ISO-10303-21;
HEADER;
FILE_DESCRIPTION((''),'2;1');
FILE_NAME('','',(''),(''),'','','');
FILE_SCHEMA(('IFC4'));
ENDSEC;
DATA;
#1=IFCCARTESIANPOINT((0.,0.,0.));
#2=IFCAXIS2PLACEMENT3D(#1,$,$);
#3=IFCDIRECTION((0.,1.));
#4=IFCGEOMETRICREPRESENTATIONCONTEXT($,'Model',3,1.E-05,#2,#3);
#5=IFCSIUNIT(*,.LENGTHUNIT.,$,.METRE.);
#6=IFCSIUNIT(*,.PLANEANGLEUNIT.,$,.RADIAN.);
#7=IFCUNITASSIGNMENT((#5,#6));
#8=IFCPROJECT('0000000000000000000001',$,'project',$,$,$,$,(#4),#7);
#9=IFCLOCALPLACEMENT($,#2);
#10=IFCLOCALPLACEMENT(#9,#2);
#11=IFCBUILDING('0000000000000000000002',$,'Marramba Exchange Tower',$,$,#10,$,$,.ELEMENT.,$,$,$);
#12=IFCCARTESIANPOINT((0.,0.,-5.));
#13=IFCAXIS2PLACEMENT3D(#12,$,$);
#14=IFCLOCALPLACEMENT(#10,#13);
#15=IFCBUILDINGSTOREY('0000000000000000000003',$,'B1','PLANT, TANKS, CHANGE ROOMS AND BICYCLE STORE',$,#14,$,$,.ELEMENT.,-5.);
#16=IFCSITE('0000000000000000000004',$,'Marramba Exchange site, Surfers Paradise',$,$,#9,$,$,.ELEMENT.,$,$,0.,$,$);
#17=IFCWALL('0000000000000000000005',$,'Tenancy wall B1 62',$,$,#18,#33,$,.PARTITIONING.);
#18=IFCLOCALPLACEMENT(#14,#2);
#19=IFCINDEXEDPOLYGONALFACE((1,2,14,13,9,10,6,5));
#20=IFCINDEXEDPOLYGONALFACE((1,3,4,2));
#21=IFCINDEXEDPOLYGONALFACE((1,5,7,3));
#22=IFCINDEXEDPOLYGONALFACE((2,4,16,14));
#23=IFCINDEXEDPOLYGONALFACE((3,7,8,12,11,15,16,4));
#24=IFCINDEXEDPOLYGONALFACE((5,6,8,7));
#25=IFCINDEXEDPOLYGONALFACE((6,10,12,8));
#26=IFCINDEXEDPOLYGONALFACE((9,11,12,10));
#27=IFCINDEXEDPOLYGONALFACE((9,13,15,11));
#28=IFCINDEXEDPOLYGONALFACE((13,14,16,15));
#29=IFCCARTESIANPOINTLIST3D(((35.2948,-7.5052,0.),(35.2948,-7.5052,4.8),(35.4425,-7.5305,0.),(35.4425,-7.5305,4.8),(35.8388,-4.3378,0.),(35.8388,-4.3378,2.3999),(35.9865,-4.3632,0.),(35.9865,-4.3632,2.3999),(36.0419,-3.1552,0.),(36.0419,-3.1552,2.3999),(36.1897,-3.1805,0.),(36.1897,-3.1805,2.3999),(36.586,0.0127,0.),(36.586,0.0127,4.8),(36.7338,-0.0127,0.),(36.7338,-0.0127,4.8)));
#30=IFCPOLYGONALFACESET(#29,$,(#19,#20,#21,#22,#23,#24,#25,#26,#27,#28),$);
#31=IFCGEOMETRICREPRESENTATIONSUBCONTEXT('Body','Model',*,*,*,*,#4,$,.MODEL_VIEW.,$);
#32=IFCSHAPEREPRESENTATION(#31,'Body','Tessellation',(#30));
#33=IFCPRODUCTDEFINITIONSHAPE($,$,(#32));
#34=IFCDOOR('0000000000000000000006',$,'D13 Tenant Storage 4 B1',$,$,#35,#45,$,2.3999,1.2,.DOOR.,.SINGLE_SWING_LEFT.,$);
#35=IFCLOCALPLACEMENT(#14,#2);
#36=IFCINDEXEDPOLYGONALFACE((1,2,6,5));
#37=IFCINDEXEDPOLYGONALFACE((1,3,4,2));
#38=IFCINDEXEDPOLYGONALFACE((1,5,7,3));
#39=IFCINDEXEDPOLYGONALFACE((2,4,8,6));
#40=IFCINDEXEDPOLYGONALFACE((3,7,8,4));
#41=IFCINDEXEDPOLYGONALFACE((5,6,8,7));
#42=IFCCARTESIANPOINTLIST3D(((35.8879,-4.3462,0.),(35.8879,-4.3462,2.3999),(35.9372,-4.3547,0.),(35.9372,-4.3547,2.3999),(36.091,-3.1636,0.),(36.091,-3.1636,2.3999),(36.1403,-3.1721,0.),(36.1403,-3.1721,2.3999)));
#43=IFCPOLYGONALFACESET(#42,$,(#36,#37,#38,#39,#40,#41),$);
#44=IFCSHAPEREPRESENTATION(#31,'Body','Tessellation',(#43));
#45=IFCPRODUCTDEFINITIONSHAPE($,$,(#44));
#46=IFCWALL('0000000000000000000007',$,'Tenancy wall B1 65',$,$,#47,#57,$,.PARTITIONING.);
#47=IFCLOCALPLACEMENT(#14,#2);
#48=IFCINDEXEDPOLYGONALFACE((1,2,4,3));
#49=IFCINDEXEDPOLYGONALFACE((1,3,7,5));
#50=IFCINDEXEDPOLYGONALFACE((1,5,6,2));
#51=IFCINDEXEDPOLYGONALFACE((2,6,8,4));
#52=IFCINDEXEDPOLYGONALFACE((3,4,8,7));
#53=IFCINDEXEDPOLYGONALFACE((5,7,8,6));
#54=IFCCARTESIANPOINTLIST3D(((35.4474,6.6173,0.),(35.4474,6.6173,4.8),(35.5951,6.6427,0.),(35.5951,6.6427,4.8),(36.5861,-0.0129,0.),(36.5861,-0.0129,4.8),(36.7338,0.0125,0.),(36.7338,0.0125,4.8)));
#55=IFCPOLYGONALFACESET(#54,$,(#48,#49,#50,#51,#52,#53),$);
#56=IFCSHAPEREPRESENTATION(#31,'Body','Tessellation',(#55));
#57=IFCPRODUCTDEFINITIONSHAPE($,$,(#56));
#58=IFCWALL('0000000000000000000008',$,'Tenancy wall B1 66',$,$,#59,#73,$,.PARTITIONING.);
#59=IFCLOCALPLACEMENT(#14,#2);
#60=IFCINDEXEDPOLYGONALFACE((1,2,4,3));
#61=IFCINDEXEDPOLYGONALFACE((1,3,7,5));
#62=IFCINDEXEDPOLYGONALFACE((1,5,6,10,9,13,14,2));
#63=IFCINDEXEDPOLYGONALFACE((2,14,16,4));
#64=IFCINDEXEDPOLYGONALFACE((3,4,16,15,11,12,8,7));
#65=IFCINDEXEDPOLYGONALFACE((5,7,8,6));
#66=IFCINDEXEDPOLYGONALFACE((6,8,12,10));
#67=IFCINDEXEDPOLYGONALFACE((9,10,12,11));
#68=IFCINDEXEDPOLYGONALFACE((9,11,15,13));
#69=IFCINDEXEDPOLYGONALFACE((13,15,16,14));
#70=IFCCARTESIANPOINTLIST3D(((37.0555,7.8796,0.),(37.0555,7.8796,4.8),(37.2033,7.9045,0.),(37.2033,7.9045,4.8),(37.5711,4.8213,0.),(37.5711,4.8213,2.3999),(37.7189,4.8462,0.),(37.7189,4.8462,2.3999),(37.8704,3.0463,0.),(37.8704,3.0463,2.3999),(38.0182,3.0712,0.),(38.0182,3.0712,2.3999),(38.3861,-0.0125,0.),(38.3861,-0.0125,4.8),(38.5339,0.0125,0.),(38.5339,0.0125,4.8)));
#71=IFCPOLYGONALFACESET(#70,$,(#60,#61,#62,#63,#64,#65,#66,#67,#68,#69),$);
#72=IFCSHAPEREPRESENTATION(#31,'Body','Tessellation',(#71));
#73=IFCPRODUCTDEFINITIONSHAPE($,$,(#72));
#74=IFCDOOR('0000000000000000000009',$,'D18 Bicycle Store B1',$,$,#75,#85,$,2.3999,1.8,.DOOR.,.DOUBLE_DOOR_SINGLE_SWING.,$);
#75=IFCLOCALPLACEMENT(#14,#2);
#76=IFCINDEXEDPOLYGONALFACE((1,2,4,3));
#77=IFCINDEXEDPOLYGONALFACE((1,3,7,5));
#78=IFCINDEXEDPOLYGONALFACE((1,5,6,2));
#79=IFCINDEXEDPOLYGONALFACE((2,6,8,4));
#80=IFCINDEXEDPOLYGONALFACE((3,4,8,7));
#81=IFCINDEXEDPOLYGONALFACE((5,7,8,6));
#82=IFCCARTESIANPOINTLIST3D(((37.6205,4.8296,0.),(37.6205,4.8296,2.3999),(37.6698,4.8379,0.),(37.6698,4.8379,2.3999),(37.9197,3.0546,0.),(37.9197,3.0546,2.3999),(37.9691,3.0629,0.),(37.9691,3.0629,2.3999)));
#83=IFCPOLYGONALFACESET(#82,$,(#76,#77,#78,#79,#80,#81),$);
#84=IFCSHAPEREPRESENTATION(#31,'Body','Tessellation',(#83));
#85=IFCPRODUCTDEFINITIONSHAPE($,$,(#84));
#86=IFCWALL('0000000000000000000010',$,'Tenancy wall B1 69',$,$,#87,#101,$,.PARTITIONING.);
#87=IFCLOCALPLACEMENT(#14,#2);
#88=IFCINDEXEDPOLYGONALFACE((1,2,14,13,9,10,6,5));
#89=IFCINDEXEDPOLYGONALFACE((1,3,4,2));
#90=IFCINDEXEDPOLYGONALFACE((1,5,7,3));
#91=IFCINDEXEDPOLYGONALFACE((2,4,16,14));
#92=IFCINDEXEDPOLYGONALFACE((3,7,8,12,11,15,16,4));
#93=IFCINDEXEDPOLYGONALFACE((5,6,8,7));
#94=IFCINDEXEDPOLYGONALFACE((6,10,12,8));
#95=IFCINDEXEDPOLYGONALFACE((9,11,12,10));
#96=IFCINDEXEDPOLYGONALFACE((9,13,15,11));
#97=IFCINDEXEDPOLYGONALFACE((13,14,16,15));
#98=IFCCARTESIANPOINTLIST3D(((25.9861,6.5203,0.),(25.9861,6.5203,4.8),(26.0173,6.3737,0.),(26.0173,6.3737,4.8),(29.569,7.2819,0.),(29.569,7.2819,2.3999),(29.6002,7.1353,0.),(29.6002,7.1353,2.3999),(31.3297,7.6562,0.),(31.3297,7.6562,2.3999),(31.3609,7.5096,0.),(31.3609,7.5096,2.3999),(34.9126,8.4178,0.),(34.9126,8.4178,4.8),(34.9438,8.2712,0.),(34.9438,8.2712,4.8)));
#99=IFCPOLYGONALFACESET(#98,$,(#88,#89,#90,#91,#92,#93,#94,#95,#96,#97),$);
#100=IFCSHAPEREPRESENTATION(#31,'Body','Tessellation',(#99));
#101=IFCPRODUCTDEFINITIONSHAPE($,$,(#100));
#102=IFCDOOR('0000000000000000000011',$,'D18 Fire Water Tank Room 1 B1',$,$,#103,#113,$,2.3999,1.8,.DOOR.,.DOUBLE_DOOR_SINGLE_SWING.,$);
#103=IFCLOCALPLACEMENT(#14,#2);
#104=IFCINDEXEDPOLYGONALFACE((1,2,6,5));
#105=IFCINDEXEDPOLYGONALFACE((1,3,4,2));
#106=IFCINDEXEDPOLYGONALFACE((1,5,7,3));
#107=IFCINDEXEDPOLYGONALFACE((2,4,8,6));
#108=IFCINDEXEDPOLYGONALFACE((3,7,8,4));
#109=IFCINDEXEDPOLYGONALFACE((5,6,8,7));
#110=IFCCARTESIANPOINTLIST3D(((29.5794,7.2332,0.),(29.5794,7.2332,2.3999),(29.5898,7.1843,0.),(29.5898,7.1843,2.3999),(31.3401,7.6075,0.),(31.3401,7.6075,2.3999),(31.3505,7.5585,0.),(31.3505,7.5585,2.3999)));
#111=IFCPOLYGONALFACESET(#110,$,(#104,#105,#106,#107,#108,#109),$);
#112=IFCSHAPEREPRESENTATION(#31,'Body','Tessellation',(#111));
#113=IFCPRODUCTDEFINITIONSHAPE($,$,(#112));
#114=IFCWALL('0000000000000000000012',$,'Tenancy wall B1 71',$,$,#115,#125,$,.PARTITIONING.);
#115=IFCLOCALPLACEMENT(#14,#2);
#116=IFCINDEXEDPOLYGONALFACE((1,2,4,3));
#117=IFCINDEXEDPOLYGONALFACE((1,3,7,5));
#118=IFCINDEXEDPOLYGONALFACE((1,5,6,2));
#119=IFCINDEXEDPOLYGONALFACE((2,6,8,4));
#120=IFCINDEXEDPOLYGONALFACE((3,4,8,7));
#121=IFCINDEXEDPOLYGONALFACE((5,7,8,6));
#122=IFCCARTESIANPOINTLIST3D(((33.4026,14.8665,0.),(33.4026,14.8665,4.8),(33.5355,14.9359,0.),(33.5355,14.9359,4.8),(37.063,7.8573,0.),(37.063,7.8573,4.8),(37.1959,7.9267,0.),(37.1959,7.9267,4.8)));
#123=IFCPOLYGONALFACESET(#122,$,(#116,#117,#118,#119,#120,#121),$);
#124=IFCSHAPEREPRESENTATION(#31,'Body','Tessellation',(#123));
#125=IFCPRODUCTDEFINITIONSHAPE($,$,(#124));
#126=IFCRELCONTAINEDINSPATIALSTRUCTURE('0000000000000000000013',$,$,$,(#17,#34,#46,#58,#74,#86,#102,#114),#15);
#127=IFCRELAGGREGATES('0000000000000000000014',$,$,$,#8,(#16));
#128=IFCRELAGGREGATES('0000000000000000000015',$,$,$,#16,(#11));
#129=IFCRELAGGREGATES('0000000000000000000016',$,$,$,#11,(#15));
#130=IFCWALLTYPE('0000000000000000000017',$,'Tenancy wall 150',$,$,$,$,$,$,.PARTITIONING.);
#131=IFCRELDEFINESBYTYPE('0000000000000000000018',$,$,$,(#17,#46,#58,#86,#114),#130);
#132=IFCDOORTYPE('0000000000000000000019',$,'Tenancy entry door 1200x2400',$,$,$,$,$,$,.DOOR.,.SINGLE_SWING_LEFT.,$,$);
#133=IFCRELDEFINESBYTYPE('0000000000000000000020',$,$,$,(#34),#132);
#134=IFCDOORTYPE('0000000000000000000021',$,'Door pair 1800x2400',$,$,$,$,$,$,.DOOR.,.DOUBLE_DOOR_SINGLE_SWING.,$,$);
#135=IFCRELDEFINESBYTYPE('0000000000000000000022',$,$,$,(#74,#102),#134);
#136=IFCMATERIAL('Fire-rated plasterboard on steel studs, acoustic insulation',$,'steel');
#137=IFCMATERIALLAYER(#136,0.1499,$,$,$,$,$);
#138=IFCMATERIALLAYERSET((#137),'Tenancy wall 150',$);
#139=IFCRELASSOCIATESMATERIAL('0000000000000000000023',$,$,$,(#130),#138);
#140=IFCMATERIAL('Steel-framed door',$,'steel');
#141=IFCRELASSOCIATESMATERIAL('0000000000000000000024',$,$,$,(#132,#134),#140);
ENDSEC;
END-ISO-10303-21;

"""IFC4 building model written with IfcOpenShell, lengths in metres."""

from ifc_helpers import new_model, si_unit, direction, frame, frame_2d, origin, place, context, subcontext, project, spatial, rectangle, extrude, material, layer, layer_set, type_object, element, fill, save


model = new_model("IFC4")

# Units and contexts
model_context = context("Model", 3, precision=1e-05, world=origin(), true_north=direction((0.0, 1.0)))
body_context = subcontext(model_context, "Body", "Model", "MODEL_VIEW")
ifc_project = project(units=[si_unit("LENGTHUNIT", "METRE"), si_unit("PLANEANGLEUNIT", "RADIAN")], contexts=[model_context])

# Site, building, storey
site_placement = place(None, origin())
site = spatial("IfcSite", under=ifc_project, at=site_placement, Name="Marramba Exchange site, Surfers Paradise", CompositionType="ELEMENT", RefElevation=0.0)
building_placement = place(site_placement, origin())
building = spatial("IfcBuilding", under=site, at=building_placement, Name="Marramba Exchange Tower", CompositionType="ELEMENT")
storey_placement = place(building_placement, frame((0.0, 0.0, -5.0)))
storey = spatial("IfcBuildingStorey", under=building, at=storey_placement, Name="B1", Description="PLANT, TANKS, CHANGE ROOMS AND BICYCLE STORE", CompositionType="ELEMENT", Elevation=-5.0)

# Wall, opening, door
ifc_material_1 = material(Name="Fire-rated plasterboard on steel studs, acoustic insulation", Category="steel")
ifc_layer_1 = layer(ifc_material_1, 0.1499)
ifc_layer_set_1 = layer_set([ifc_layer_1], Name="Tenancy wall 150")
wall_type_1 = type_object("IfcWallType", Name="Tenancy wall 150", PredefinedType="PARTITIONING", material=ifc_layer_set_1)
wall_1_placement = place(storey_placement, frame((36.6599, 0.0, 0.0), z_axis=(0.0, 0.0, 1.0), x_axis=(-0.169281, -0.985568, 0.0)))
wall_1 = element("IfcWall", 1, at=wall_1_placement, inside=storey, type_object=wall_type_1, Name="Tenancy wall B1 62", PredefinedType="PARTITIONING", context=body_context, shape_type="SweptSolid", body=[
    extrude(rectangle(XDim=7.6279, YDim=0.1499, at=frame_2d((3.814, 0.0))), origin(), (0.0, 0.0, 1.0), 4.8),
])
opening_1_placement = place(wall_1_placement, frame((3.2141, 0.0, 0.0)))
opening_1 = element("IfcOpeningElement", 2, at=opening_1_placement, cuts=wall_1, PredefinedType="OPENING", context=body_context, shape_type="SweptSolid", body=[
    extrude(rectangle(XDim=1.2, YDim=2.3999, at=frame_2d((0.6001, 1.2))), frame((0.0, 0.085, 0.0), z_axis=(0.0, -1.0, 0.0), x_axis=(1.0, 0.0, 0.0)), (0.0, 0.0, 1.0), 0.1699),
])
ifc_material_2 = material(Name="Steel-framed door", Category="steel")
door_type_1 = type_object("IfcDoorType", Name="Tenancy entry door 1200x2400", OperationType="SINGLE_SWING_LEFT", PredefinedType="DOOR", material=ifc_material_2)
door_1_placement = place(opening_1_placement, origin())
door_1 = element("IfcDoor", 3, at=door_1_placement, inside=storey, type_object=door_type_1, Name="D13 Tenant Storage 4 B1", OperationType="SINGLE_SWING_LEFT", OverallHeight=2.3999, OverallWidth=1.2, PredefinedType="DOOR", context=body_context, shape_type="SweptSolid", body=[
    extrude(rectangle(XDim=1.2, YDim=2.3999, at=frame_2d((0.6001, 1.2))), frame((0.0, 0.0249, 0.0), z_axis=(0.0, -1.0, 0.0), x_axis=(1.0, 0.0, 0.0)), (0.0, 0.0, 1.0), 0.05),
])
fill(opening_1, door_1)

# Wall
wall_2_placement = place(storey_placement, frame((35.5212, 6.6301, 0.0), z_axis=(0.0, 0.0, 1.0), x_axis=(0.169264, -0.985571, 0.0)))
element("IfcWall", 4, at=wall_2_placement, inside=storey, type_object=wall_type_1, Name="Tenancy wall B1 65", PredefinedType="PARTITIONING", context=body_context, shape_type="SweptSolid", body=[
    extrude(rectangle(XDim=6.7273, YDim=0.1499, at=frame_2d((3.3638, 0.0))), origin(), (0.0, 0.0, 1.0), 4.8),
])

# Walls, openings, doors
wall_3_placement = place(storey_placement, frame((38.46, 0.0, 0.0), z_axis=(0.0, 0.0, 1.0), x_axis=(-0.166249, 0.986084, 0.0)))
wall_3 = element("IfcWall", 5, at=wall_3_placement, inside=storey, type_object=wall_type_1, Name="Tenancy wall B1 66", PredefinedType="PARTITIONING", context=body_context, shape_type="SweptSolid", body=[
    extrude(rectangle(XDim=8.0034, YDim=0.1499, at=frame_2d((4.0017, 0.0))), origin(), (0.0, 0.0, 1.0), 4.8),
])
opening_2_placement = place(wall_3_placement, frame((3.1021, 0.0, 0.0)))
opening_2 = element("IfcOpeningElement", 6, at=opening_2_placement, cuts=wall_3, PredefinedType="OPENING", context=body_context, shape_type="SweptSolid", body=[
    extrude(rectangle(XDim=1.8, YDim=2.3999, at=frame_2d((0.8999, 1.2))), frame((0.0, 0.085, 0.0), z_axis=(0.0, -1.0, 0.0), x_axis=(1.0, 0.0, 0.0)), (0.0, 0.0, 1.0), 0.1699),
])
door_type_2 = type_object("IfcDoorType", Name="Door pair 1800x2400", OperationType="DOUBLE_DOOR_SINGLE_SWING", PredefinedType="DOOR", material=ifc_material_2)
door_2_placement = place(opening_2_placement, origin())
door_2 = element("IfcDoor", 7, at=door_2_placement, inside=storey, type_object=door_type_2, Name="D18 Bicycle Store B1", OperationType="DOUBLE_DOOR_SINGLE_SWING", OverallHeight=2.3999, OverallWidth=1.8, PredefinedType="DOOR", context=body_context, shape_type="SweptSolid", body=[
    extrude(rectangle(XDim=1.8, YDim=2.3999, at=frame_2d((0.8999, 1.2))), frame((0.0, 0.0249, 0.0), z_axis=(0.0, -1.0, 0.0), x_axis=(1.0, 0.0, 0.0)), (0.0, 0.0, 1.0), 0.05),
])
fill(opening_2, door_2)
wall_4_placement = place(storey_placement, frame((34.9282, 8.3445, 0.0), z_axis=(0.0, 0.0, 1.0), x_axis=(-0.978146, -0.207919, 0.0)))
wall_4 = element("IfcWall", 8, at=wall_4_placement, inside=storey, type_object=wall_type_1, Name="Tenancy wall B1 69", PredefinedType="PARTITIONING", context=body_context, shape_type="SweptSolid", body=[
    extrude(rectangle(XDim=9.126, YDim=0.1499, at=frame_2d((4.563, 0.0))), origin(), (0.0, 0.0, 1.0), 4.8),
])
opening_3_placement = place(wall_4_placement, frame((3.6631, 0.0, 0.0)))
opening_3 = element("IfcOpeningElement", 9, at=opening_3_placement, cuts=wall_4, PredefinedType="OPENING", context=body_context, shape_type="SweptSolid", body=[
    extrude(rectangle(XDim=1.8, YDim=2.3999, at=frame_2d((0.8999, 1.2))), frame((0.0, 0.085, 0.0), z_axis=(0.0, -1.0, 0.0), x_axis=(1.0, 0.0, 0.0)), (0.0, 0.0, 1.0), 0.1699),
])
door_3_placement = place(opening_3_placement, origin())
door_3 = element("IfcDoor", 10, at=door_3_placement, inside=storey, type_object=door_type_2, Name="D18 Fire Water Tank Room 1 B1", OperationType="DOUBLE_DOOR_SINGLE_SWING", OverallHeight=2.3999, OverallWidth=1.8, PredefinedType="DOOR", context=body_context, shape_type="SweptSolid", body=[
    extrude(rectangle(XDim=1.8, YDim=2.3999, at=frame_2d((0.8999, 1.2))), frame((0.0, 0.0249, 0.0), z_axis=(0.0, -1.0, 0.0), x_axis=(1.0, 0.0, 0.0)), (0.0, 0.0, 1.0), 0.05),
])
fill(opening_3, door_3)

# Wall
wall_5_placement = place(storey_placement, frame((37.1294, 7.8921, 0.0), z_axis=(0.0, 0.0, 1.0), x_axis=(-0.462903, 0.886409, 0.0)))
element("IfcWall", 11, at=wall_5_placement, inside=storey, type_object=wall_type_1, Name="Tenancy wall B1 71", PredefinedType="PARTITIONING", context=body_context, shape_type="SweptSolid", body=[
    extrude(rectangle(XDim=7.9075, YDim=0.1499, at=frame_2d((3.9536, 0.0))), origin(), (0.0, 0.0, 1.0), 4.8),
])

save(model, "model.ifc")
